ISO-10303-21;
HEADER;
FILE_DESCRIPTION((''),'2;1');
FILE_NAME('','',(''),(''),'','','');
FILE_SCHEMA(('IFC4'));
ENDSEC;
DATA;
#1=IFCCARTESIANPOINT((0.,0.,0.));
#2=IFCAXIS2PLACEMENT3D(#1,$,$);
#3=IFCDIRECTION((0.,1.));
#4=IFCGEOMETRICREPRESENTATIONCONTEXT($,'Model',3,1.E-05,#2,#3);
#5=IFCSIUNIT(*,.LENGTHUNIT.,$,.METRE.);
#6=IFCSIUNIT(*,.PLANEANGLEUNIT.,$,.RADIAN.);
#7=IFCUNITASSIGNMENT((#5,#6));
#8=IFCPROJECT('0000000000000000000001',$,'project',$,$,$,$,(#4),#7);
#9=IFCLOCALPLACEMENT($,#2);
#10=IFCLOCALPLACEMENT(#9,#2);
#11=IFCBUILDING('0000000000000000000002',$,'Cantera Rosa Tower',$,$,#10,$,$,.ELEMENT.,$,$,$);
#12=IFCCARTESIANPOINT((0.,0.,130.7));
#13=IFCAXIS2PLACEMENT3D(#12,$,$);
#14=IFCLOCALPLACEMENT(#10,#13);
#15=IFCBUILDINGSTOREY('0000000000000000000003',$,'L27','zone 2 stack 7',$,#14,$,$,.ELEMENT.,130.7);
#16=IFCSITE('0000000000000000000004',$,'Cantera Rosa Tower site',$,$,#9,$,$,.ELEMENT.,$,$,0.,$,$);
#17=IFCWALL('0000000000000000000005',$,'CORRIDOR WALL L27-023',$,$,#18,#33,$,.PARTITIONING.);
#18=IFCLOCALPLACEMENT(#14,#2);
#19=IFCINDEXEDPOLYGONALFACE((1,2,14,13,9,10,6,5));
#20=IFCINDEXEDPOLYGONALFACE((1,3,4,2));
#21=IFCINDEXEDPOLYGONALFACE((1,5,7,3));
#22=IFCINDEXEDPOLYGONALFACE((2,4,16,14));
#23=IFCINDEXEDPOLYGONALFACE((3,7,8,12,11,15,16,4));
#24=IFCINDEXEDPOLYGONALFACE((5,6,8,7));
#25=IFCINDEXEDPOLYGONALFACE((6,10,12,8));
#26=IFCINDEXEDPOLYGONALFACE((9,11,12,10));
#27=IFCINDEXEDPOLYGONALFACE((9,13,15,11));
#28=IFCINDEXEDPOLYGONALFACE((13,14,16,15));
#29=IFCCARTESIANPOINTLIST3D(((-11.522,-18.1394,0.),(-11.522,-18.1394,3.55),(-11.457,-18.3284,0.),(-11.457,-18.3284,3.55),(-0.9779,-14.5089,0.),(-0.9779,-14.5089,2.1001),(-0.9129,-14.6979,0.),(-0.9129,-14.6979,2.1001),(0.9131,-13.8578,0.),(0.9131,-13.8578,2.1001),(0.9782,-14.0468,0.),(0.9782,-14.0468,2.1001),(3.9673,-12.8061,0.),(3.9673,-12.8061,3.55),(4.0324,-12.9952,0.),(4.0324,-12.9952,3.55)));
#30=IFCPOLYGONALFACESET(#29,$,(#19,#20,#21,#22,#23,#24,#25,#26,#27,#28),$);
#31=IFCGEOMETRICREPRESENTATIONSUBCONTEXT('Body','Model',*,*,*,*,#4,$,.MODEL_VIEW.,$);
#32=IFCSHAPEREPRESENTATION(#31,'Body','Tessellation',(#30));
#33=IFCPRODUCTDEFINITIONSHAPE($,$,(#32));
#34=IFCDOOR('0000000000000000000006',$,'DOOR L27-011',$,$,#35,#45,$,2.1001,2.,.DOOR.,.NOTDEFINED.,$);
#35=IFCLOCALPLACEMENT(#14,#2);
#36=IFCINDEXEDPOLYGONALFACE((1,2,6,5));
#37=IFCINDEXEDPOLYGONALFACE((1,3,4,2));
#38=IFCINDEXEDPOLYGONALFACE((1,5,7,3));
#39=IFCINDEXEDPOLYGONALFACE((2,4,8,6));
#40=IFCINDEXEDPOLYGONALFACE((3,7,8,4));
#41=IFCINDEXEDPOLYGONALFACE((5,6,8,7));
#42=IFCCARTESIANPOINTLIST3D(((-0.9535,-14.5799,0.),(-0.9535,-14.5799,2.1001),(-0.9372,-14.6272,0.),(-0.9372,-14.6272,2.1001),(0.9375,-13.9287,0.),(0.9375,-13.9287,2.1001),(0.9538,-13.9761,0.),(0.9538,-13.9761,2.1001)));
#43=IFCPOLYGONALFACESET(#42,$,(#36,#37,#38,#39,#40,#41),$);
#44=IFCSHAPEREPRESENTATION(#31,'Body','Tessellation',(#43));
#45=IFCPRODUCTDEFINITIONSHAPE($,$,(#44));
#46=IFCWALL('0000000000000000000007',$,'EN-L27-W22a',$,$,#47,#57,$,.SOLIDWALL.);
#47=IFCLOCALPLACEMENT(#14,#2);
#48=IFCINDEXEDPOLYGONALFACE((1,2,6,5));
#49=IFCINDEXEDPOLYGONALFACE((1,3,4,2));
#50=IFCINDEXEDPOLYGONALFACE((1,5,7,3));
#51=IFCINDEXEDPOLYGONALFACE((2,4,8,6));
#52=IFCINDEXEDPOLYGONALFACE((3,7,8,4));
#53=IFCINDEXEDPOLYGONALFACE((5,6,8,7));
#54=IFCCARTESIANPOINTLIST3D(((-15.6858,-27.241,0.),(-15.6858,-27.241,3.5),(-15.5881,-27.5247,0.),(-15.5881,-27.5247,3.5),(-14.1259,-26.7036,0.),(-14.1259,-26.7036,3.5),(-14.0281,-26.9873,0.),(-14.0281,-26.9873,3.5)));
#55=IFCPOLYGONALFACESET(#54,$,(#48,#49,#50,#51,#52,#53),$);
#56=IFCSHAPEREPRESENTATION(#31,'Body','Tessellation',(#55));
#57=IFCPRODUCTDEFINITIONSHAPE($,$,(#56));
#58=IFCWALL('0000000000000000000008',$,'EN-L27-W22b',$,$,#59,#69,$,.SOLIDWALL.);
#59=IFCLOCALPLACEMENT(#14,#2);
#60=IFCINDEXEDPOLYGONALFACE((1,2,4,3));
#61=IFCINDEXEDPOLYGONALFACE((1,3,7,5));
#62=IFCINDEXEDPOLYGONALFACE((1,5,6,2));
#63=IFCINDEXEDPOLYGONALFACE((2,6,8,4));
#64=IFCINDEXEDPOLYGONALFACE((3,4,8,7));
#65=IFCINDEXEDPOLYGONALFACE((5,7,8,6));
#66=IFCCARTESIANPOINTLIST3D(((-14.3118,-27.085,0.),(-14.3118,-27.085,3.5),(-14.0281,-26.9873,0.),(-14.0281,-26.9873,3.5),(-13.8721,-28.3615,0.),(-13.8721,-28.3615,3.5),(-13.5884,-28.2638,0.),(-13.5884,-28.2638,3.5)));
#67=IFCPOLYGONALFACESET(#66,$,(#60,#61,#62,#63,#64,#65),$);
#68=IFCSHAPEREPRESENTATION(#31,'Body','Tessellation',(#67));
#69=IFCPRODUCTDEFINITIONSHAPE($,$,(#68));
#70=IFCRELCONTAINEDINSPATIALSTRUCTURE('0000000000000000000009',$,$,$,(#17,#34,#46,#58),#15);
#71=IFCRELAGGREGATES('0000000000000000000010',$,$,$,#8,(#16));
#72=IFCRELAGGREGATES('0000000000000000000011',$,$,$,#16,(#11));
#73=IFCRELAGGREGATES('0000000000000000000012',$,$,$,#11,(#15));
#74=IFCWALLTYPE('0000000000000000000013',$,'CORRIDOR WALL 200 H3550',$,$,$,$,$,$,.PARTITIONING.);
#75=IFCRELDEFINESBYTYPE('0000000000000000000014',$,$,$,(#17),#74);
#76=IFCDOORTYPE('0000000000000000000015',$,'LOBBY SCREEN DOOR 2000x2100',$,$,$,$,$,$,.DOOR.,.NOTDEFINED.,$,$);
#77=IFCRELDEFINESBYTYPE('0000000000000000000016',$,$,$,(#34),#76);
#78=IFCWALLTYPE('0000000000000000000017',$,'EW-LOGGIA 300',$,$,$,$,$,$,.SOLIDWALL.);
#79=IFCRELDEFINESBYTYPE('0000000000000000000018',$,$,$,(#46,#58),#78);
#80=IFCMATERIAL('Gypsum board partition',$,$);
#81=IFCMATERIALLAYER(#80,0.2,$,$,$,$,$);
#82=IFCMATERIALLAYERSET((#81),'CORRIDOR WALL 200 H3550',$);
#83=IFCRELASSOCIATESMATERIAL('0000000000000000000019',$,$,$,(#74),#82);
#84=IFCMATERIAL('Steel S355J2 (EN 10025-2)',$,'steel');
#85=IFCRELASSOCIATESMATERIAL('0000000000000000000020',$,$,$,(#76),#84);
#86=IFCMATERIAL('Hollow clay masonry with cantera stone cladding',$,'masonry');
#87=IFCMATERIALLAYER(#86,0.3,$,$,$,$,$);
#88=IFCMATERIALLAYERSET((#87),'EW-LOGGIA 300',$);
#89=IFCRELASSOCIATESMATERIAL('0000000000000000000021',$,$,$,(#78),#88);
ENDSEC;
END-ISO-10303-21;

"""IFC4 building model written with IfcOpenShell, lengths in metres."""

from ifc_helpers import new_model, si_unit, direction, frame, frame_2d, origin, place, context, subcontext, project, spatial, rectangle, extrude, material, layer, layer_set, type_object, element, fill, save


model = new_model("IFC4")

# Units and contexts
model_context = context("Model", 3, precision=1e-05, world=origin(), true_north=direction((0.0, 1.0)))
body_context = subcontext(model_context, "Body", "Model", "MODEL_VIEW")
ifc_project = project(units=[si_unit("LENGTHUNIT", "METRE"), si_unit("PLANEANGLEUNIT", "RADIAN")], contexts=[model_context])

# Site, building, storey
site_placement = place(None, origin())
site = spatial("IfcSite", under=ifc_project, at=site_placement, Name="Cantera Rosa Tower site", CompositionType="ELEMENT", RefElevation=0.0)
building_placement = place(site_placement, origin())
building = spatial("IfcBuilding", under=site, at=building_placement, Name="Cantera Rosa Tower", CompositionType="ELEMENT")
storey_placement = place(building_placement, frame((0.0, 0.0, 130.7)))
storey = spatial("IfcBuildingStorey", under=building, at=storey_placement, Name="L27", Description="zone 2 stack 7", CompositionType="ELEMENT", Elevation=130.7)

# Shared definitions
ifc_material_1 = material(Name="Gypsum board partition")
ifc_layer_1 = layer(ifc_material_1, 0.2)
ifc_layer_set_1 = layer_set([ifc_layer_1], Name="CORRIDOR WALL 200 H3550")
wall_type_1 = type_object("IfcWallType", Name="CORRIDOR WALL 200 H3550", PredefinedType="PARTITIONING", material=ifc_layer_set_1)

# Wall, opening, door
wall_1_placement = place(storey_placement, frame((-11.4895, -18.2339, 0.0), z_axis=(0.0, 0.0, 1.0), x_axis=(0.945523, 0.325557, 0.0)))
wall_1 = element("IfcWall", 1, at=wall_1_placement, inside=storey, type_object=wall_type_1, Name="CORRIDOR WALL L27-023", PredefinedType="PARTITIONING", context=body_context, shape_type="SweptSolid", body=[
    extrude(rectangle(XDim=16.3818, YDim=0.2, at=frame_2d((8.1909, 0.0))), origin(), (0.0, 0.0, 1.0), 3.55),
])
opening_1_placement = place(wall_1_placement, frame((11.1516, 0.0, 0.0)))
opening_1 = element("IfcOpeningElement", 2, at=opening_1_placement, cuts=wall_1, PredefinedType="OPENING", context=body_context, shape_type="SweptSolid", body=[
    extrude(rectangle(XDim=2.0, YDim=2.1001, at=frame_2d((1.0, 1.05))), frame((0.0, 0.1099, 0.0), z_axis=(0.0, -1.0, 0.0), x_axis=(1.0, 0.0, 0.0)), (0.0, 0.0, 1.0), 0.22),
])
ifc_material_2 = material(Name="Steel S355J2 (EN 10025-2)", Category="steel")
door_type_1 = type_object("IfcDoorType", Name="LOBBY SCREEN DOOR 2000x2100", OperationType="NOTDEFINED", PredefinedType="DOOR", material=ifc_material_2)
door_1_placement = place(opening_1_placement, origin())
door_1 = element("IfcDoor", 3, at=door_1_placement, inside=storey, type_object=door_type_1, Name="DOOR L27-011", OperationType="NOTDEFINED", OverallHeight=2.1001, OverallWidth=2.0, PredefinedType="DOOR", context=body_context, shape_type="SweptSolid", body=[
    extrude(rectangle(XDim=2.0, YDim=2.1001, at=frame_2d((1.0, 1.05))), frame((0.0, 0.0249, 0.0), z_axis=(0.0, -1.0, 0.0), x_axis=(1.0, 0.0, 0.0)), (0.0, 0.0, 1.0), 0.05),
])
fill(opening_1, door_1)

# Walls
ifc_material_3 = material(Name="Hollow clay masonry with cantera stone cladding", Category="masonry")
ifc_layer_2 = layer(ifc_material_3, 0.3)
ifc_layer_set_2 = layer_set([ifc_layer_2], Name="EW-LOGGIA 300")
wall_type_2 = type_object("IfcWallType", Name="EW-LOGGIA 300", PredefinedType="SOLIDWALL", material=ifc_layer_set_2)
wall_2_placement = place(storey_placement, frame((-15.637, -27.3828, 0.0), z_axis=(0.0, 0.0, 1.0), x_axis=(0.945485, 0.325667, 0.0)))
element("IfcWall", 4, at=wall_2_placement, inside=storey, type_object=wall_type_2, Name="EN-L27-W22a", PredefinedType="SOLIDWALL", context=body_context, shape_type="SweptSolid", body=[
    extrude(rectangle(XDim=1.6499, YDim=0.3, at=frame_2d((0.825, 0.0))), origin(), (0.0, 0.0, 1.0), 3.5),
])
wall_3_placement = place(storey_placement, frame((-14.1699, -27.0361, 0.0), z_axis=(0.0, 0.0, 1.0), x_axis=(0.325651, -0.94549, 0.0)))
element("IfcWall", 5, at=wall_3_placement, inside=storey, type_object=wall_type_2, Name="EN-L27-W22b", PredefinedType="SOLIDWALL", context=body_context, shape_type="SweptSolid", body=[
    extrude(rectangle(XDim=1.3501, YDim=0.3, at=frame_2d((0.675, 0.0))), origin(), (0.0, 0.0, 1.0), 3.5),
])

save(model, "model.ifc")
